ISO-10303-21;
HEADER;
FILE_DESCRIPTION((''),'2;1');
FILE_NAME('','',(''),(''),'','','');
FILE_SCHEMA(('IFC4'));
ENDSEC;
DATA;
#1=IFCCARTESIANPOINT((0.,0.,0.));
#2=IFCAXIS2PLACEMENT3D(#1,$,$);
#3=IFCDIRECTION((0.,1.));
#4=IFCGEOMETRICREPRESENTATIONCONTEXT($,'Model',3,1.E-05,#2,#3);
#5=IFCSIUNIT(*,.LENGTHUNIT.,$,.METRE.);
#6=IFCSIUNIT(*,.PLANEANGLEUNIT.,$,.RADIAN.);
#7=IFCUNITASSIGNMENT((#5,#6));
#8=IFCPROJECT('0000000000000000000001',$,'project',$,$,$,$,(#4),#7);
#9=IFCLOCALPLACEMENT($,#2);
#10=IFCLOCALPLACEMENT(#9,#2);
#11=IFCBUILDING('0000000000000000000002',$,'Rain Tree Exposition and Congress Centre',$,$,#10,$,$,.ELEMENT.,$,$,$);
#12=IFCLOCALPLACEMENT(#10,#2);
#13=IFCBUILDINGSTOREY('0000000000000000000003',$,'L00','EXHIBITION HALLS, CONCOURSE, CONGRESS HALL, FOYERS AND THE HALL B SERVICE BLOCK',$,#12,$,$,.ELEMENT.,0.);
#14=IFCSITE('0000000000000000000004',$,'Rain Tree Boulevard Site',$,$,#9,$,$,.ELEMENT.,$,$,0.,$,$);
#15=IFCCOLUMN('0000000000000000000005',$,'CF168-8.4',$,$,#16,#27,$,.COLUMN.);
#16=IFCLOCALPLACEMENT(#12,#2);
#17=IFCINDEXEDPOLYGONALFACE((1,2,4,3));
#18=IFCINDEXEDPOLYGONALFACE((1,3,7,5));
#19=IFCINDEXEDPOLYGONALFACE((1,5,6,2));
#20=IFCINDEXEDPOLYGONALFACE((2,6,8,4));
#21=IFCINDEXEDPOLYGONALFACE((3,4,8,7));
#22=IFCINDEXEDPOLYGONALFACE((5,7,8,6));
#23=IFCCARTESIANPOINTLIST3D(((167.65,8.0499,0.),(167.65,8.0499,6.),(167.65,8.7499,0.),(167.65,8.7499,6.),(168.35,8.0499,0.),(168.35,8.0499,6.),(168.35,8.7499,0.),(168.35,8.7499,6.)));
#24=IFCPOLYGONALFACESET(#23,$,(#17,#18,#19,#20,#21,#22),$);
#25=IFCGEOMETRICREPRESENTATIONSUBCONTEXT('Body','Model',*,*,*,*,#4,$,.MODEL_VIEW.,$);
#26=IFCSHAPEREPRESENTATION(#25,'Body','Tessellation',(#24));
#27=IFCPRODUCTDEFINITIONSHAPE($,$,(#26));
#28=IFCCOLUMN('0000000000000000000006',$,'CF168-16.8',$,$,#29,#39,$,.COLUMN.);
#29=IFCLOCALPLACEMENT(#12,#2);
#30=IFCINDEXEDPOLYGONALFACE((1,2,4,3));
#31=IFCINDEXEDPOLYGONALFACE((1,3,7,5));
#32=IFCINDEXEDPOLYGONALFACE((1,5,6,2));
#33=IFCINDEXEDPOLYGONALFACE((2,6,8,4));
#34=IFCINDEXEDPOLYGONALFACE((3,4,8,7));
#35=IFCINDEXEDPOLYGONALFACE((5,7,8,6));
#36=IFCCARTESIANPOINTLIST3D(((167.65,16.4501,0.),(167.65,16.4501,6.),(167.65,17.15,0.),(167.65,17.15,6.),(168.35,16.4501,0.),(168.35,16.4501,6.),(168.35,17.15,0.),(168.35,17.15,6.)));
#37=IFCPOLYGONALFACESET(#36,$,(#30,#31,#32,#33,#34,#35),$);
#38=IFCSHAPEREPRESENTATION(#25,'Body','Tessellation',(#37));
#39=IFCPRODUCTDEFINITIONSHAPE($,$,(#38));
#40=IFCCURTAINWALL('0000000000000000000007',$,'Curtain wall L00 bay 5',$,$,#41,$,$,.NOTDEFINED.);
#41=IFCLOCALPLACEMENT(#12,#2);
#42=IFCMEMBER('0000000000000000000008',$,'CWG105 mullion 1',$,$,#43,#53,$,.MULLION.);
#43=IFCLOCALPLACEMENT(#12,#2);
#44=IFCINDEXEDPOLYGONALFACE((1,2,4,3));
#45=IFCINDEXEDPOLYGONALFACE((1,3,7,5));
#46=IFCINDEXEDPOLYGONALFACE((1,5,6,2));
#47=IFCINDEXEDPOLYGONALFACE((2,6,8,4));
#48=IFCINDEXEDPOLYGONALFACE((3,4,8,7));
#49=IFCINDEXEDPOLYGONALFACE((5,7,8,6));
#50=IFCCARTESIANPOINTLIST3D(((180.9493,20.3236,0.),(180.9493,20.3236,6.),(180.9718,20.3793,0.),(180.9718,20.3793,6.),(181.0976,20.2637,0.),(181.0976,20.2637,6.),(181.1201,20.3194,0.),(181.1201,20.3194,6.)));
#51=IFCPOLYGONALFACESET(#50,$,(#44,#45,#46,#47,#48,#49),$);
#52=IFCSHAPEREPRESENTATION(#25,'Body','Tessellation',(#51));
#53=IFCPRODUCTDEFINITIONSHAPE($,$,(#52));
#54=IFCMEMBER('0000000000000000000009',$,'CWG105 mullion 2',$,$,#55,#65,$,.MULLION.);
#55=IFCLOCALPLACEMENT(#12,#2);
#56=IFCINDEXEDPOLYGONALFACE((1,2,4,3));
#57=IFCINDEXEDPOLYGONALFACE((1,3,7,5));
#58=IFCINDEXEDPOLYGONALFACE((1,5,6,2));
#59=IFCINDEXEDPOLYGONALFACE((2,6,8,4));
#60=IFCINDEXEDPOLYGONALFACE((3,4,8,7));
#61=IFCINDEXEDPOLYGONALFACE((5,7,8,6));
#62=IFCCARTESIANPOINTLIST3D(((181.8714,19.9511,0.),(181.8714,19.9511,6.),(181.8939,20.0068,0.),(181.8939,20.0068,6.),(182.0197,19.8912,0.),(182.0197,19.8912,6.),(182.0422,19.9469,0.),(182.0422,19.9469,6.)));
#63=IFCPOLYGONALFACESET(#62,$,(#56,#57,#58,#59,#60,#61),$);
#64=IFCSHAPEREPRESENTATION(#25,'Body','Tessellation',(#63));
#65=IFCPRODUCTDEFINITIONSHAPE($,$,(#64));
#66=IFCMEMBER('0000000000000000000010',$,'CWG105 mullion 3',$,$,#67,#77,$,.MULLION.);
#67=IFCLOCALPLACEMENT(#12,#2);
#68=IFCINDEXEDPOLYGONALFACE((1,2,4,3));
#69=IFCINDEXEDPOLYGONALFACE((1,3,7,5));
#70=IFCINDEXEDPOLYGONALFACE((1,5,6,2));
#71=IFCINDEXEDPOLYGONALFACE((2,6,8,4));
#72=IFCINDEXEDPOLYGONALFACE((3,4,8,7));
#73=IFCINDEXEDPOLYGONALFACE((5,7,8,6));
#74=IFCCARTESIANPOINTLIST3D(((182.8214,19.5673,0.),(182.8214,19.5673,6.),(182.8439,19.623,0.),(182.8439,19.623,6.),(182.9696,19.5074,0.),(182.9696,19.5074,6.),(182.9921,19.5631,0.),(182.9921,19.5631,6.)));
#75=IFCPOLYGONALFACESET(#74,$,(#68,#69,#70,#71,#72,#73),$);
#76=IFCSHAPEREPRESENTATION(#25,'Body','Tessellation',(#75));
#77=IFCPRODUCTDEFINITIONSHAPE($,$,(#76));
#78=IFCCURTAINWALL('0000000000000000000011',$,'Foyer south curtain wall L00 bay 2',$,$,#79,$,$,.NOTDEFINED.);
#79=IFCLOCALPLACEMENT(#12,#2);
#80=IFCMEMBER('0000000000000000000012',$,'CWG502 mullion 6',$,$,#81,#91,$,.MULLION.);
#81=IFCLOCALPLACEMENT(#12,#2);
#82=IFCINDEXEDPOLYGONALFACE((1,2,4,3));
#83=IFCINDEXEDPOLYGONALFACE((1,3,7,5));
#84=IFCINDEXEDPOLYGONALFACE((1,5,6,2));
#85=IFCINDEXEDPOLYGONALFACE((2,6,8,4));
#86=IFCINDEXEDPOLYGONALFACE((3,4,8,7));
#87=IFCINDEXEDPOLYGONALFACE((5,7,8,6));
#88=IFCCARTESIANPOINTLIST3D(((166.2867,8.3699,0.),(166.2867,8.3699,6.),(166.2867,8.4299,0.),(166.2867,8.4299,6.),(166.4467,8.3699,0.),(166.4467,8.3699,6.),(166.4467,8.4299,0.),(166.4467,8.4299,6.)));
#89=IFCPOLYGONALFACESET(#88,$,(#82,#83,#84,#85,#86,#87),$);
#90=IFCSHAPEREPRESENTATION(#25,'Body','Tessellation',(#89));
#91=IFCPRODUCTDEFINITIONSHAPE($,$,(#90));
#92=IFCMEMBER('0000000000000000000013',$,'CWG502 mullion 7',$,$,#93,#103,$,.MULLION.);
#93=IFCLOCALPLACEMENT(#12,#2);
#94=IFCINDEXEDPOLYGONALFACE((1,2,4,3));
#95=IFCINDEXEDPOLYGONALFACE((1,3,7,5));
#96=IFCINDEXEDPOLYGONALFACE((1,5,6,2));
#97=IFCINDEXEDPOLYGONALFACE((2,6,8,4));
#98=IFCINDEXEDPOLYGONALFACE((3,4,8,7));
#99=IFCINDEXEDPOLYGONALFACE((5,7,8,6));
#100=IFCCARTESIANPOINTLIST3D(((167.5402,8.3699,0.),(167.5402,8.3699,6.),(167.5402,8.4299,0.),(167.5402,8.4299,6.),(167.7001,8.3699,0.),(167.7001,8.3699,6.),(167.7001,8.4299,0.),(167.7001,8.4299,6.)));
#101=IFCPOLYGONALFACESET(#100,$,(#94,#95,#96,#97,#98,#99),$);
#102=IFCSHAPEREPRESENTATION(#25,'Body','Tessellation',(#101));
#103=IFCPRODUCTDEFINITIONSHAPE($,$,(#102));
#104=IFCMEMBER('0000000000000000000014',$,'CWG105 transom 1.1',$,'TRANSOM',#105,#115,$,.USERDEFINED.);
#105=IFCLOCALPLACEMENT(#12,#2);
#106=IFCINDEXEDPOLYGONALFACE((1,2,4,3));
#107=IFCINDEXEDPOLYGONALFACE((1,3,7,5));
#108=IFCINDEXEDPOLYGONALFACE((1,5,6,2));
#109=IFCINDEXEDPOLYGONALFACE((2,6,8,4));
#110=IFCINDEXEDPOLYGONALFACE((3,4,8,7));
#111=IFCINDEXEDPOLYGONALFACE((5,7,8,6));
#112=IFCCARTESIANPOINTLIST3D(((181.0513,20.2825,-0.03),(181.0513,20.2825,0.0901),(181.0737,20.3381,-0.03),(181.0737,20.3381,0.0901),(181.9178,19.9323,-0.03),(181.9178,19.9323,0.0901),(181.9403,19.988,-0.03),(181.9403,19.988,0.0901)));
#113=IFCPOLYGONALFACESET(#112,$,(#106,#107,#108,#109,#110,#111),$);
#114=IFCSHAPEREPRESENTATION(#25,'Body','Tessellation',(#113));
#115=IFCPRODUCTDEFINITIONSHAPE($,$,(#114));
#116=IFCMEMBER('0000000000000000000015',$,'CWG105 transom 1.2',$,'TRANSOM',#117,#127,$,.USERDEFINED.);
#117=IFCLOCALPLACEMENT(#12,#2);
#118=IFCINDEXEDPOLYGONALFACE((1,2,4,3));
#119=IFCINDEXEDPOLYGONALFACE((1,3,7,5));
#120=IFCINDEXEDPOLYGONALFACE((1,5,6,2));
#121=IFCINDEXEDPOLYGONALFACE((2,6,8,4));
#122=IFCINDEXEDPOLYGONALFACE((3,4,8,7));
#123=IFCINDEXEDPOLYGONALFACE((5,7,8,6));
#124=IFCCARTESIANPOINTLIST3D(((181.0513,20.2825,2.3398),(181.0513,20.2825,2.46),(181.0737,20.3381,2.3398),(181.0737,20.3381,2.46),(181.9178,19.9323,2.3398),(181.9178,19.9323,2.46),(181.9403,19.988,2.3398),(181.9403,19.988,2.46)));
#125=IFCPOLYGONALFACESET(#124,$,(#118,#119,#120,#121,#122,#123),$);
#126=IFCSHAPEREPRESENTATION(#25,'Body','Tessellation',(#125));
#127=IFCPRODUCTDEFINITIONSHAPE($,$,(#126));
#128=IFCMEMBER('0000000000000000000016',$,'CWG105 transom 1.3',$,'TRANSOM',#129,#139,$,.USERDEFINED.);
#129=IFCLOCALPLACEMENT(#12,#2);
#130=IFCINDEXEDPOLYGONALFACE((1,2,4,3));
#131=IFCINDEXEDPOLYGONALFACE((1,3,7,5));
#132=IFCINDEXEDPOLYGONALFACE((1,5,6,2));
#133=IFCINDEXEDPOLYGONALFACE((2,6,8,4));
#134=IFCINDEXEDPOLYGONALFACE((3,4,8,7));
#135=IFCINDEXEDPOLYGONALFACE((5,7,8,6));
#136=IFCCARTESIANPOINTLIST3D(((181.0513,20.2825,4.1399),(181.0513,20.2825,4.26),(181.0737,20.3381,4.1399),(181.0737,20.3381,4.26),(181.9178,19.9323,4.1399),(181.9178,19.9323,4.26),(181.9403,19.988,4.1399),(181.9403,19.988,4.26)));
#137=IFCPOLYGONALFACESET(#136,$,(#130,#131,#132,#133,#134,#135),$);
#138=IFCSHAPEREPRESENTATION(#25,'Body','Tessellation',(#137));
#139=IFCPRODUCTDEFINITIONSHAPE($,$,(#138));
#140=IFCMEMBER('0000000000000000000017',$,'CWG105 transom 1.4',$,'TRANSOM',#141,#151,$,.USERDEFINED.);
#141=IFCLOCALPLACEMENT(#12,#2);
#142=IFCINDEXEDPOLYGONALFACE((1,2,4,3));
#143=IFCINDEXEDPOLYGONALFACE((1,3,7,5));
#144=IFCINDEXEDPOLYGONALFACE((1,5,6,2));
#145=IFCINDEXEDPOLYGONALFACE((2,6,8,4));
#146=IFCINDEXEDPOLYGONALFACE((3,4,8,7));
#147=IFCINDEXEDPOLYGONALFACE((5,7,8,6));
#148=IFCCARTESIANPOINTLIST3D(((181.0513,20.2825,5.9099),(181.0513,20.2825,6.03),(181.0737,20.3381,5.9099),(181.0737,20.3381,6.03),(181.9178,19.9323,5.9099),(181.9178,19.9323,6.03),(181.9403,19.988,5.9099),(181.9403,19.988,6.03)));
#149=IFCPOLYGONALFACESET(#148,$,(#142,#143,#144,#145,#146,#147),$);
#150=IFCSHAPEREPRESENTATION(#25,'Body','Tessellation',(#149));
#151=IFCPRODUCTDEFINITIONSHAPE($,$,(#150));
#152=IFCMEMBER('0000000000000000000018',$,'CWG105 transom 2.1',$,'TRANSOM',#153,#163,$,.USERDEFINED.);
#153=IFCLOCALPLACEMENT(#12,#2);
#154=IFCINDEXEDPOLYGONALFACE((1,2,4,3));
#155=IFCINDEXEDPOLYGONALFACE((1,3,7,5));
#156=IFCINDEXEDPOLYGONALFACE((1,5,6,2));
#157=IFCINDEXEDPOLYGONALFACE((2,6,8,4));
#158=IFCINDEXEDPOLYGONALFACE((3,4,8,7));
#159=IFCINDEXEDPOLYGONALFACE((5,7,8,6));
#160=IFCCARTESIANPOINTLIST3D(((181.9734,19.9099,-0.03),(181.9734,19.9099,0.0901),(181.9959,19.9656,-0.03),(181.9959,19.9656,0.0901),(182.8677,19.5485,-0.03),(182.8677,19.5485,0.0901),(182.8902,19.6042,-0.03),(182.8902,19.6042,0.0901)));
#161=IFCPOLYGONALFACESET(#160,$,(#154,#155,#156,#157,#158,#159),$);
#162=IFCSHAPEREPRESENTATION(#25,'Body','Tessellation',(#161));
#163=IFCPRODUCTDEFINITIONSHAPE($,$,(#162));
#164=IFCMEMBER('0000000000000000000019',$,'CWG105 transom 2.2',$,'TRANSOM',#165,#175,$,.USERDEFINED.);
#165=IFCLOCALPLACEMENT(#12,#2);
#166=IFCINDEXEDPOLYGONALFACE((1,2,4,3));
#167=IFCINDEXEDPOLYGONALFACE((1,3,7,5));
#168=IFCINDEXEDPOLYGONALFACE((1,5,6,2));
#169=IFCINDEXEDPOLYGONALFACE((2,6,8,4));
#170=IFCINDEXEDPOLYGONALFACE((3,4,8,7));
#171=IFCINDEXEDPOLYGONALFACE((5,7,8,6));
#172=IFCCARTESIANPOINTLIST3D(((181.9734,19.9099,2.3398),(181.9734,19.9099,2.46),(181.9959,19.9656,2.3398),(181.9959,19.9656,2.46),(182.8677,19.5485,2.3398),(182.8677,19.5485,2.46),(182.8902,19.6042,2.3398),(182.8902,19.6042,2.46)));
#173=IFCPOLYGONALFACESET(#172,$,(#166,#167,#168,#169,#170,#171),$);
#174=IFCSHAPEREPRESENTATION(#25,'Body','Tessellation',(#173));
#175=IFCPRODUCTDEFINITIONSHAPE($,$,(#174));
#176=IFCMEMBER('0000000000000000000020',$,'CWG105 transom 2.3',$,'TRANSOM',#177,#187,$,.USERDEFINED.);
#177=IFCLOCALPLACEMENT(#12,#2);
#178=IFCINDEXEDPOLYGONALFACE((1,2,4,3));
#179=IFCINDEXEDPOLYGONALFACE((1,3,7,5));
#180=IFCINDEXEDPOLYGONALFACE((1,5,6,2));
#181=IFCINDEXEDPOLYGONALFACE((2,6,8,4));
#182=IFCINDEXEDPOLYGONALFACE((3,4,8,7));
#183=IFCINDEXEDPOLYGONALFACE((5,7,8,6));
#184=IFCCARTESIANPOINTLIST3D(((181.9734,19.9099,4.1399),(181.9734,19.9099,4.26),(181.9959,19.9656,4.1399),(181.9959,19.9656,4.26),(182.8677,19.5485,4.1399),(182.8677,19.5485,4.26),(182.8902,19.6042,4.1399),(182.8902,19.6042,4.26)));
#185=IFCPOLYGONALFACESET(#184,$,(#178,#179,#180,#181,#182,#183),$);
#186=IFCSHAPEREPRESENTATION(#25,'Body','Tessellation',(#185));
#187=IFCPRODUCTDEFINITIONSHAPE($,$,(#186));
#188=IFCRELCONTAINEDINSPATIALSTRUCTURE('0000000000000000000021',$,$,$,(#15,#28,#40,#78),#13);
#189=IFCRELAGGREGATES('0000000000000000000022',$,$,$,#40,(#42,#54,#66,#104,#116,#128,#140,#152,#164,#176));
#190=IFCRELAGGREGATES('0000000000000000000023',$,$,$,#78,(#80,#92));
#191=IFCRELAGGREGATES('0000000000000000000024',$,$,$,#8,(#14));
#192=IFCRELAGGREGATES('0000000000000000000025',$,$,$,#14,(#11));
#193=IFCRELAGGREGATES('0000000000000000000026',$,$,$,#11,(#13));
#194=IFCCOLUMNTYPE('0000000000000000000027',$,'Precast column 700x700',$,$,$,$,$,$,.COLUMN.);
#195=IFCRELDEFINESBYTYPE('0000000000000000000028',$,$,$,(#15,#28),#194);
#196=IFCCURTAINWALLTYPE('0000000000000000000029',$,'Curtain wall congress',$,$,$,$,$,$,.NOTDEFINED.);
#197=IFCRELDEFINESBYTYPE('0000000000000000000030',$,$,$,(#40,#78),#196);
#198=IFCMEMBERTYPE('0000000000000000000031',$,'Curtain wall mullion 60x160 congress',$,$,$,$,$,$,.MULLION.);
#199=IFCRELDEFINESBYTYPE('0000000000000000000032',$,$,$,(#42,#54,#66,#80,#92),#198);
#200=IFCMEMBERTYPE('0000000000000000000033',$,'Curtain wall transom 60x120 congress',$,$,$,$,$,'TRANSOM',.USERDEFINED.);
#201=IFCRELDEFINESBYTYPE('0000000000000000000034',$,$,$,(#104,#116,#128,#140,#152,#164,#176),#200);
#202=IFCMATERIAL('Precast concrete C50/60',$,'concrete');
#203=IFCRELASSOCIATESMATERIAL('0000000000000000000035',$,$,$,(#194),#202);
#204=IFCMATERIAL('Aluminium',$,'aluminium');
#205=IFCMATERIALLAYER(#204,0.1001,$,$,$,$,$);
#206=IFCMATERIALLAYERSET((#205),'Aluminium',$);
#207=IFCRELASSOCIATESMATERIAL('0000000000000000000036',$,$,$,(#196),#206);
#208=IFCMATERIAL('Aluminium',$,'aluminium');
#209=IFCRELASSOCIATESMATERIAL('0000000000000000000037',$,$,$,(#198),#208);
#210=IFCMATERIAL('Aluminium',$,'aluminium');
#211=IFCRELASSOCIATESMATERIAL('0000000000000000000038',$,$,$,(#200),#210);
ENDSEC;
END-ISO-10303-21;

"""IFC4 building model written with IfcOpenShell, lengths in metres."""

from ifc_helpers import new_model, si_unit, direction, frame, origin, origin_2d, place, context, subcontext, project, spatial, rectangle, extrude, material, layer, layer_set, material_profile, profile_set, type_object, element, aggregate, save


model = new_model("IFC4")

# Units and contexts
model_context = context("Model", 3, precision=1e-05, world=origin(), true_north=direction((0.0, 1.0)))
body_context = subcontext(model_context, "Body", "Model", "MODEL_VIEW")
ifc_project = project(units=[si_unit("LENGTHUNIT", "METRE"), si_unit("PLANEANGLEUNIT", "RADIAN")], contexts=[model_context])

# Site, building, storey
site_placement = place(None, origin())
site = spatial("IfcSite", under=ifc_project, at=site_placement, Name="Rain Tree Boulevard Site", CompositionType="ELEMENT", RefElevation=0.0)
building_placement = place(site_placement, origin())
building = spatial("IfcBuilding", under=site, at=building_placement, Name="Rain Tree Exposition and Congress Centre", CompositionType="ELEMENT")
storey_placement = place(building_placement, origin())
storey = spatial("IfcBuildingStorey", under=building, at=storey_placement, Name="L00", Description="EXHIBITION HALLS, CONCOURSE, CONGRESS HALL, FOYERS AND THE HALL B SERVICE BLOCK", CompositionType="ELEMENT", Elevation=0.0)

# Columns
ifc_material_1 = material(Name="Precast concrete C50/60", Category="concrete")
ifc_material_profile_1 = material_profile(ifc_material_1, rectangle(XDim=0.7, YDim=0.7, at=origin_2d()), Name="RC 700x700")
ifc_profile_set_1 = profile_set([ifc_material_profile_1], Name="Precast concrete C50/60")
column_type = type_object("IfcColumnType", Name="Precast column 700x700", PredefinedType="COLUMN", material=ifc_profile_set_1)
for number, where, z_axis, x_axis, name in (
    (1, (168.0, 8.3999, 0.0), (0.0, 0.0, 1.0), (1.0, 0.0, 0.0), "CF168-8.4"),
    (2, (168.0, 16.8, 0.0), (0.0, 0.0, 1.0), (1.0, 0.0, 0.0), "CF168-16.8"),
):
    element("IfcColumn", number, at=place(storey_placement, frame(where, z_axis=z_axis, x_axis=x_axis)), inside=storey, type_object=column_type, Name=name, PredefinedType="COLUMN", context=body_context, shape_type="SweptSolid", body=[
        extrude(rectangle(XDim=0.7, YDim=0.7, at=origin_2d()), origin(), (0.0, 0.0, 1.0), 6.0),
    ])

# Curtain walls, members
ifc_material_2 = material(Name="Aluminium", Category="aluminium")
ifc_layer_1 = layer(ifc_material_2, 0.1001)
ifc_layer_set_1 = layer_set([ifc_layer_1], Name="Aluminium")
curtain_wall_type = type_object("IfcCurtainWallType", Name="Curtain wall congress", PredefinedType="NOTDEFINED", material=ifc_layer_set_1)
curtain_wall_1_placement = place(storey_placement, origin())
curtain_wall_1 = element("IfcCurtainWall", 3, at=curtain_wall_1_placement, inside=storey, type_object=curtain_wall_type, Name="Curtain wall L00 bay 5", PredefinedType="NOTDEFINED")
ifc_material_3 = material(Name="Aluminium", Category="aluminium")
ifc_material_profile_2 = material_profile(ifc_material_3, rectangle(XDim=0.0601, YDim=0.1599, at=origin_2d()), Name="AL 60x160")
ifc_profile_set_2 = profile_set([ifc_material_profile_2], Name="Aluminium")
member_type_1 = type_object("IfcMemberType", Name="Curtain wall mullion 60x160 congress", PredefinedType="MULLION", material=ifc_profile_set_2)
member_1_placement = place(storey_placement, frame((181.0347, 20.3215, 0.0), z_axis=(0.0, 0.0, 1.0), x_axis=(0.374597, 0.927188, 0.0)))
member_1 = element("IfcMember", 4, at=member_1_placement, type_object=member_type_1, Name="CWG105 mullion 1", PredefinedType="MULLION", context=body_context, shape_type="SweptSolid", body=[
    extrude(rectangle(XDim=0.0601, YDim=0.1599, at=origin_2d()), origin(), (0.0, 0.0, 1.0), 6.0),
])
member_2_placement = place(storey_placement, frame((181.9568, 19.949, 0.0), z_axis=(0.0, 0.0, 1.0), x_axis=(0.374597, 0.927188, 0.0)))
member_2 = element("IfcMember", 5, at=member_2_placement, type_object=member_type_1, Name="CWG105 mullion 2", PredefinedType="MULLION", context=body_context, shape_type="SweptSolid", body=[
    extrude(rectangle(XDim=0.0601, YDim=0.1599, at=origin_2d()), origin(), (0.0, 0.0, 1.0), 6.0),
])
member_3_placement = place(storey_placement, frame((182.9067, 19.5652, 0.0), z_axis=(0.0, 0.0, 1.0), x_axis=(0.374597, 0.927188, 0.0)))
member_3 = element("IfcMember", 6, at=member_3_placement, type_object=member_type_1, Name="CWG105 mullion 3", PredefinedType="MULLION", context=body_context, shape_type="SweptSolid", body=[
    extrude(rectangle(XDim=0.0601, YDim=0.1599, at=origin_2d()), origin(), (0.0, 0.0, 1.0), 6.0),
])
curtain_wall_2_placement = place(storey_placement, origin())
curtain_wall_2 = element("IfcCurtainWall", 7, at=curtain_wall_2_placement, inside=storey, type_object=curtain_wall_type, Name="Foyer south curtain wall L00 bay 2", PredefinedType="NOTDEFINED")
member_4_placement = place(storey_placement, frame((166.3667, 8.3999, 0.0), z_axis=(0.0, 0.0, 1.0), x_axis=(0.0, 1.0, 0.0)))
member_4 = element("IfcMember", 8, at=member_4_placement, type_object=member_type_1, Name="CWG502 mullion 6", PredefinedType="MULLION", context=body_context, shape_type="SweptSolid", body=[
    extrude(rectangle(XDim=0.0601, YDim=0.1599, at=origin_2d()), origin(), (0.0, 0.0, 1.0), 6.0),
])
member_5_placement = place(storey_placement, frame((167.6201, 8.3999, 0.0), z_axis=(0.0, 0.0, 1.0), x_axis=(0.0, 1.0, 0.0)))
member_5 = element("IfcMember", 9, at=member_5_placement, type_object=member_type_1, Name="CWG502 mullion 7", PredefinedType="MULLION", context=body_context, shape_type="SweptSolid", body=[
    extrude(rectangle(XDim=0.0601, YDim=0.1599, at=origin_2d()), origin(), (0.0, 0.0, 1.0), 6.0),
])

# Members
ifc_material_4 = material(Name="Aluminium", Category="aluminium")
ifc_material_profile_3 = material_profile(ifc_material_4, rectangle(XDim=0.0601, YDim=0.1201, at=origin_2d()), Name="AL 60x120")
ifc_profile_set_3 = profile_set([ifc_material_profile_3], Name="Aluminium")
member_type_2 = type_object("IfcMemberType", Name="Curtain wall transom 60x120 congress", ElementType="TRANSOM", PredefinedType="USERDEFINED", material=ifc_profile_set_3)
member_6_placement = place(storey_placement, frame((181.0625, 20.3103, 0.03), z_axis=(0.927174, -0.374632, 0.0), x_axis=(0.374632, 0.927174, 0.0)))
member_6 = element("IfcMember", 10, at=member_6_placement, type_object=member_type_2, Name="CWG105 transom 1.1", ObjectType="TRANSOM", PredefinedType="USERDEFINED", context=body_context, shape_type="SweptSolid", body=[
    extrude(rectangle(XDim=0.0601, YDim=0.1201, at=origin_2d()), origin(), (0.0, 0.0, 1.0), 0.9346),
])
member_7_placement = place(storey_placement, frame((181.0625, 20.3103, 2.3999), z_axis=(0.927174, -0.374632, 0.0), x_axis=(0.374632, 0.927174, 0.0)))
member_7 = element("IfcMember", 11, at=member_7_placement, type_object=member_type_2, Name="CWG105 transom 1.2", ObjectType="TRANSOM", PredefinedType="USERDEFINED", context=body_context, shape_type="SweptSolid", body=[
    extrude(rectangle(XDim=0.0601, YDim=0.1201, at=origin_2d()), origin(), (0.0, 0.0, 1.0), 0.9346),
])
member_8_placement = place(storey_placement, frame((181.0625, 20.3103, 4.2), z_axis=(0.927174, -0.374632, 0.0), x_axis=(0.374632, 0.927174, 0.0)))
member_8 = element("IfcMember", 12, at=member_8_placement, type_object=member_type_2, Name="CWG105 transom 1.3", ObjectType="TRANSOM", PredefinedType="USERDEFINED", context=body_context, shape_type="SweptSolid", body=[
    extrude(rectangle(XDim=0.0601, YDim=0.1201, at=origin_2d()), origin(), (0.0, 0.0, 1.0), 0.9346),
])
member_9_placement = place(storey_placement, frame((181.0625, 20.3103, 5.97), z_axis=(0.927174, -0.374632, 0.0), x_axis=(0.374632, 0.927174, 0.0)))
member_9 = element("IfcMember", 13, at=member_9_placement, type_object=member_type_2, Name="CWG105 transom 1.4", ObjectType="TRANSOM", PredefinedType="USERDEFINED", context=body_context, shape_type="SweptSolid", body=[
    extrude(rectangle(XDim=0.0601, YDim=0.1201, at=origin_2d()), origin(), (0.0, 0.0, 1.0), 0.9346),
])
member_10_placement = place(storey_placement, frame((181.9846, 19.9377, 0.03), z_axis=(0.927179, -0.374618, 0.0), x_axis=(0.374618, 0.927179, 0.0)))
member_10 = element("IfcMember", 14, at=member_10_placement, type_object=member_type_2, Name="CWG105 transom 2.1", ObjectType="TRANSOM", PredefinedType="USERDEFINED", context=body_context, shape_type="SweptSolid", body=[
    extrude(rectangle(XDim=0.0601, YDim=0.1201, at=origin_2d()), origin(), (0.0, 0.0, 1.0), 0.9646),
])
member_11_placement = place(storey_placement, frame((181.9846, 19.9377, 2.3999), z_axis=(0.927179, -0.374618, 0.0), x_axis=(0.374618, 0.927179, 0.0)))
member_11 = element("IfcMember", 15, at=member_11_placement, type_object=member_type_2, Name="CWG105 transom 2.2", ObjectType="TRANSOM", PredefinedType="USERDEFINED", context=body_context, shape_type="SweptSolid", body=[
    extrude(rectangle(XDim=0.0601, YDim=0.1201, at=origin_2d()), origin(), (0.0, 0.0, 1.0), 0.9646),
])
member_12_placement = place(storey_placement, frame((181.9846, 19.9377, 4.2), z_axis=(0.927179, -0.374618, 0.0), x_axis=(0.374618, 0.927179, 0.0)))
member_12 = element("IfcMember", 16, at=member_12_placement, type_object=member_type_2, Name="CWG105 transom 2.3", ObjectType="TRANSOM", PredefinedType="USERDEFINED", context=body_context, shape_type="SweptSolid", body=[
    extrude(rectangle(XDim=0.0601, YDim=0.1201, at=origin_2d()), origin(), (0.0, 0.0, 1.0), 0.9646),
])

aggregate(curtain_wall_1, [member_1, member_2, member_3, member_6, member_7, member_8, member_9, member_10, member_11, member_12])
aggregate(curtain_wall_2, [member_4, member_5])

save(model, "model.ifc")
